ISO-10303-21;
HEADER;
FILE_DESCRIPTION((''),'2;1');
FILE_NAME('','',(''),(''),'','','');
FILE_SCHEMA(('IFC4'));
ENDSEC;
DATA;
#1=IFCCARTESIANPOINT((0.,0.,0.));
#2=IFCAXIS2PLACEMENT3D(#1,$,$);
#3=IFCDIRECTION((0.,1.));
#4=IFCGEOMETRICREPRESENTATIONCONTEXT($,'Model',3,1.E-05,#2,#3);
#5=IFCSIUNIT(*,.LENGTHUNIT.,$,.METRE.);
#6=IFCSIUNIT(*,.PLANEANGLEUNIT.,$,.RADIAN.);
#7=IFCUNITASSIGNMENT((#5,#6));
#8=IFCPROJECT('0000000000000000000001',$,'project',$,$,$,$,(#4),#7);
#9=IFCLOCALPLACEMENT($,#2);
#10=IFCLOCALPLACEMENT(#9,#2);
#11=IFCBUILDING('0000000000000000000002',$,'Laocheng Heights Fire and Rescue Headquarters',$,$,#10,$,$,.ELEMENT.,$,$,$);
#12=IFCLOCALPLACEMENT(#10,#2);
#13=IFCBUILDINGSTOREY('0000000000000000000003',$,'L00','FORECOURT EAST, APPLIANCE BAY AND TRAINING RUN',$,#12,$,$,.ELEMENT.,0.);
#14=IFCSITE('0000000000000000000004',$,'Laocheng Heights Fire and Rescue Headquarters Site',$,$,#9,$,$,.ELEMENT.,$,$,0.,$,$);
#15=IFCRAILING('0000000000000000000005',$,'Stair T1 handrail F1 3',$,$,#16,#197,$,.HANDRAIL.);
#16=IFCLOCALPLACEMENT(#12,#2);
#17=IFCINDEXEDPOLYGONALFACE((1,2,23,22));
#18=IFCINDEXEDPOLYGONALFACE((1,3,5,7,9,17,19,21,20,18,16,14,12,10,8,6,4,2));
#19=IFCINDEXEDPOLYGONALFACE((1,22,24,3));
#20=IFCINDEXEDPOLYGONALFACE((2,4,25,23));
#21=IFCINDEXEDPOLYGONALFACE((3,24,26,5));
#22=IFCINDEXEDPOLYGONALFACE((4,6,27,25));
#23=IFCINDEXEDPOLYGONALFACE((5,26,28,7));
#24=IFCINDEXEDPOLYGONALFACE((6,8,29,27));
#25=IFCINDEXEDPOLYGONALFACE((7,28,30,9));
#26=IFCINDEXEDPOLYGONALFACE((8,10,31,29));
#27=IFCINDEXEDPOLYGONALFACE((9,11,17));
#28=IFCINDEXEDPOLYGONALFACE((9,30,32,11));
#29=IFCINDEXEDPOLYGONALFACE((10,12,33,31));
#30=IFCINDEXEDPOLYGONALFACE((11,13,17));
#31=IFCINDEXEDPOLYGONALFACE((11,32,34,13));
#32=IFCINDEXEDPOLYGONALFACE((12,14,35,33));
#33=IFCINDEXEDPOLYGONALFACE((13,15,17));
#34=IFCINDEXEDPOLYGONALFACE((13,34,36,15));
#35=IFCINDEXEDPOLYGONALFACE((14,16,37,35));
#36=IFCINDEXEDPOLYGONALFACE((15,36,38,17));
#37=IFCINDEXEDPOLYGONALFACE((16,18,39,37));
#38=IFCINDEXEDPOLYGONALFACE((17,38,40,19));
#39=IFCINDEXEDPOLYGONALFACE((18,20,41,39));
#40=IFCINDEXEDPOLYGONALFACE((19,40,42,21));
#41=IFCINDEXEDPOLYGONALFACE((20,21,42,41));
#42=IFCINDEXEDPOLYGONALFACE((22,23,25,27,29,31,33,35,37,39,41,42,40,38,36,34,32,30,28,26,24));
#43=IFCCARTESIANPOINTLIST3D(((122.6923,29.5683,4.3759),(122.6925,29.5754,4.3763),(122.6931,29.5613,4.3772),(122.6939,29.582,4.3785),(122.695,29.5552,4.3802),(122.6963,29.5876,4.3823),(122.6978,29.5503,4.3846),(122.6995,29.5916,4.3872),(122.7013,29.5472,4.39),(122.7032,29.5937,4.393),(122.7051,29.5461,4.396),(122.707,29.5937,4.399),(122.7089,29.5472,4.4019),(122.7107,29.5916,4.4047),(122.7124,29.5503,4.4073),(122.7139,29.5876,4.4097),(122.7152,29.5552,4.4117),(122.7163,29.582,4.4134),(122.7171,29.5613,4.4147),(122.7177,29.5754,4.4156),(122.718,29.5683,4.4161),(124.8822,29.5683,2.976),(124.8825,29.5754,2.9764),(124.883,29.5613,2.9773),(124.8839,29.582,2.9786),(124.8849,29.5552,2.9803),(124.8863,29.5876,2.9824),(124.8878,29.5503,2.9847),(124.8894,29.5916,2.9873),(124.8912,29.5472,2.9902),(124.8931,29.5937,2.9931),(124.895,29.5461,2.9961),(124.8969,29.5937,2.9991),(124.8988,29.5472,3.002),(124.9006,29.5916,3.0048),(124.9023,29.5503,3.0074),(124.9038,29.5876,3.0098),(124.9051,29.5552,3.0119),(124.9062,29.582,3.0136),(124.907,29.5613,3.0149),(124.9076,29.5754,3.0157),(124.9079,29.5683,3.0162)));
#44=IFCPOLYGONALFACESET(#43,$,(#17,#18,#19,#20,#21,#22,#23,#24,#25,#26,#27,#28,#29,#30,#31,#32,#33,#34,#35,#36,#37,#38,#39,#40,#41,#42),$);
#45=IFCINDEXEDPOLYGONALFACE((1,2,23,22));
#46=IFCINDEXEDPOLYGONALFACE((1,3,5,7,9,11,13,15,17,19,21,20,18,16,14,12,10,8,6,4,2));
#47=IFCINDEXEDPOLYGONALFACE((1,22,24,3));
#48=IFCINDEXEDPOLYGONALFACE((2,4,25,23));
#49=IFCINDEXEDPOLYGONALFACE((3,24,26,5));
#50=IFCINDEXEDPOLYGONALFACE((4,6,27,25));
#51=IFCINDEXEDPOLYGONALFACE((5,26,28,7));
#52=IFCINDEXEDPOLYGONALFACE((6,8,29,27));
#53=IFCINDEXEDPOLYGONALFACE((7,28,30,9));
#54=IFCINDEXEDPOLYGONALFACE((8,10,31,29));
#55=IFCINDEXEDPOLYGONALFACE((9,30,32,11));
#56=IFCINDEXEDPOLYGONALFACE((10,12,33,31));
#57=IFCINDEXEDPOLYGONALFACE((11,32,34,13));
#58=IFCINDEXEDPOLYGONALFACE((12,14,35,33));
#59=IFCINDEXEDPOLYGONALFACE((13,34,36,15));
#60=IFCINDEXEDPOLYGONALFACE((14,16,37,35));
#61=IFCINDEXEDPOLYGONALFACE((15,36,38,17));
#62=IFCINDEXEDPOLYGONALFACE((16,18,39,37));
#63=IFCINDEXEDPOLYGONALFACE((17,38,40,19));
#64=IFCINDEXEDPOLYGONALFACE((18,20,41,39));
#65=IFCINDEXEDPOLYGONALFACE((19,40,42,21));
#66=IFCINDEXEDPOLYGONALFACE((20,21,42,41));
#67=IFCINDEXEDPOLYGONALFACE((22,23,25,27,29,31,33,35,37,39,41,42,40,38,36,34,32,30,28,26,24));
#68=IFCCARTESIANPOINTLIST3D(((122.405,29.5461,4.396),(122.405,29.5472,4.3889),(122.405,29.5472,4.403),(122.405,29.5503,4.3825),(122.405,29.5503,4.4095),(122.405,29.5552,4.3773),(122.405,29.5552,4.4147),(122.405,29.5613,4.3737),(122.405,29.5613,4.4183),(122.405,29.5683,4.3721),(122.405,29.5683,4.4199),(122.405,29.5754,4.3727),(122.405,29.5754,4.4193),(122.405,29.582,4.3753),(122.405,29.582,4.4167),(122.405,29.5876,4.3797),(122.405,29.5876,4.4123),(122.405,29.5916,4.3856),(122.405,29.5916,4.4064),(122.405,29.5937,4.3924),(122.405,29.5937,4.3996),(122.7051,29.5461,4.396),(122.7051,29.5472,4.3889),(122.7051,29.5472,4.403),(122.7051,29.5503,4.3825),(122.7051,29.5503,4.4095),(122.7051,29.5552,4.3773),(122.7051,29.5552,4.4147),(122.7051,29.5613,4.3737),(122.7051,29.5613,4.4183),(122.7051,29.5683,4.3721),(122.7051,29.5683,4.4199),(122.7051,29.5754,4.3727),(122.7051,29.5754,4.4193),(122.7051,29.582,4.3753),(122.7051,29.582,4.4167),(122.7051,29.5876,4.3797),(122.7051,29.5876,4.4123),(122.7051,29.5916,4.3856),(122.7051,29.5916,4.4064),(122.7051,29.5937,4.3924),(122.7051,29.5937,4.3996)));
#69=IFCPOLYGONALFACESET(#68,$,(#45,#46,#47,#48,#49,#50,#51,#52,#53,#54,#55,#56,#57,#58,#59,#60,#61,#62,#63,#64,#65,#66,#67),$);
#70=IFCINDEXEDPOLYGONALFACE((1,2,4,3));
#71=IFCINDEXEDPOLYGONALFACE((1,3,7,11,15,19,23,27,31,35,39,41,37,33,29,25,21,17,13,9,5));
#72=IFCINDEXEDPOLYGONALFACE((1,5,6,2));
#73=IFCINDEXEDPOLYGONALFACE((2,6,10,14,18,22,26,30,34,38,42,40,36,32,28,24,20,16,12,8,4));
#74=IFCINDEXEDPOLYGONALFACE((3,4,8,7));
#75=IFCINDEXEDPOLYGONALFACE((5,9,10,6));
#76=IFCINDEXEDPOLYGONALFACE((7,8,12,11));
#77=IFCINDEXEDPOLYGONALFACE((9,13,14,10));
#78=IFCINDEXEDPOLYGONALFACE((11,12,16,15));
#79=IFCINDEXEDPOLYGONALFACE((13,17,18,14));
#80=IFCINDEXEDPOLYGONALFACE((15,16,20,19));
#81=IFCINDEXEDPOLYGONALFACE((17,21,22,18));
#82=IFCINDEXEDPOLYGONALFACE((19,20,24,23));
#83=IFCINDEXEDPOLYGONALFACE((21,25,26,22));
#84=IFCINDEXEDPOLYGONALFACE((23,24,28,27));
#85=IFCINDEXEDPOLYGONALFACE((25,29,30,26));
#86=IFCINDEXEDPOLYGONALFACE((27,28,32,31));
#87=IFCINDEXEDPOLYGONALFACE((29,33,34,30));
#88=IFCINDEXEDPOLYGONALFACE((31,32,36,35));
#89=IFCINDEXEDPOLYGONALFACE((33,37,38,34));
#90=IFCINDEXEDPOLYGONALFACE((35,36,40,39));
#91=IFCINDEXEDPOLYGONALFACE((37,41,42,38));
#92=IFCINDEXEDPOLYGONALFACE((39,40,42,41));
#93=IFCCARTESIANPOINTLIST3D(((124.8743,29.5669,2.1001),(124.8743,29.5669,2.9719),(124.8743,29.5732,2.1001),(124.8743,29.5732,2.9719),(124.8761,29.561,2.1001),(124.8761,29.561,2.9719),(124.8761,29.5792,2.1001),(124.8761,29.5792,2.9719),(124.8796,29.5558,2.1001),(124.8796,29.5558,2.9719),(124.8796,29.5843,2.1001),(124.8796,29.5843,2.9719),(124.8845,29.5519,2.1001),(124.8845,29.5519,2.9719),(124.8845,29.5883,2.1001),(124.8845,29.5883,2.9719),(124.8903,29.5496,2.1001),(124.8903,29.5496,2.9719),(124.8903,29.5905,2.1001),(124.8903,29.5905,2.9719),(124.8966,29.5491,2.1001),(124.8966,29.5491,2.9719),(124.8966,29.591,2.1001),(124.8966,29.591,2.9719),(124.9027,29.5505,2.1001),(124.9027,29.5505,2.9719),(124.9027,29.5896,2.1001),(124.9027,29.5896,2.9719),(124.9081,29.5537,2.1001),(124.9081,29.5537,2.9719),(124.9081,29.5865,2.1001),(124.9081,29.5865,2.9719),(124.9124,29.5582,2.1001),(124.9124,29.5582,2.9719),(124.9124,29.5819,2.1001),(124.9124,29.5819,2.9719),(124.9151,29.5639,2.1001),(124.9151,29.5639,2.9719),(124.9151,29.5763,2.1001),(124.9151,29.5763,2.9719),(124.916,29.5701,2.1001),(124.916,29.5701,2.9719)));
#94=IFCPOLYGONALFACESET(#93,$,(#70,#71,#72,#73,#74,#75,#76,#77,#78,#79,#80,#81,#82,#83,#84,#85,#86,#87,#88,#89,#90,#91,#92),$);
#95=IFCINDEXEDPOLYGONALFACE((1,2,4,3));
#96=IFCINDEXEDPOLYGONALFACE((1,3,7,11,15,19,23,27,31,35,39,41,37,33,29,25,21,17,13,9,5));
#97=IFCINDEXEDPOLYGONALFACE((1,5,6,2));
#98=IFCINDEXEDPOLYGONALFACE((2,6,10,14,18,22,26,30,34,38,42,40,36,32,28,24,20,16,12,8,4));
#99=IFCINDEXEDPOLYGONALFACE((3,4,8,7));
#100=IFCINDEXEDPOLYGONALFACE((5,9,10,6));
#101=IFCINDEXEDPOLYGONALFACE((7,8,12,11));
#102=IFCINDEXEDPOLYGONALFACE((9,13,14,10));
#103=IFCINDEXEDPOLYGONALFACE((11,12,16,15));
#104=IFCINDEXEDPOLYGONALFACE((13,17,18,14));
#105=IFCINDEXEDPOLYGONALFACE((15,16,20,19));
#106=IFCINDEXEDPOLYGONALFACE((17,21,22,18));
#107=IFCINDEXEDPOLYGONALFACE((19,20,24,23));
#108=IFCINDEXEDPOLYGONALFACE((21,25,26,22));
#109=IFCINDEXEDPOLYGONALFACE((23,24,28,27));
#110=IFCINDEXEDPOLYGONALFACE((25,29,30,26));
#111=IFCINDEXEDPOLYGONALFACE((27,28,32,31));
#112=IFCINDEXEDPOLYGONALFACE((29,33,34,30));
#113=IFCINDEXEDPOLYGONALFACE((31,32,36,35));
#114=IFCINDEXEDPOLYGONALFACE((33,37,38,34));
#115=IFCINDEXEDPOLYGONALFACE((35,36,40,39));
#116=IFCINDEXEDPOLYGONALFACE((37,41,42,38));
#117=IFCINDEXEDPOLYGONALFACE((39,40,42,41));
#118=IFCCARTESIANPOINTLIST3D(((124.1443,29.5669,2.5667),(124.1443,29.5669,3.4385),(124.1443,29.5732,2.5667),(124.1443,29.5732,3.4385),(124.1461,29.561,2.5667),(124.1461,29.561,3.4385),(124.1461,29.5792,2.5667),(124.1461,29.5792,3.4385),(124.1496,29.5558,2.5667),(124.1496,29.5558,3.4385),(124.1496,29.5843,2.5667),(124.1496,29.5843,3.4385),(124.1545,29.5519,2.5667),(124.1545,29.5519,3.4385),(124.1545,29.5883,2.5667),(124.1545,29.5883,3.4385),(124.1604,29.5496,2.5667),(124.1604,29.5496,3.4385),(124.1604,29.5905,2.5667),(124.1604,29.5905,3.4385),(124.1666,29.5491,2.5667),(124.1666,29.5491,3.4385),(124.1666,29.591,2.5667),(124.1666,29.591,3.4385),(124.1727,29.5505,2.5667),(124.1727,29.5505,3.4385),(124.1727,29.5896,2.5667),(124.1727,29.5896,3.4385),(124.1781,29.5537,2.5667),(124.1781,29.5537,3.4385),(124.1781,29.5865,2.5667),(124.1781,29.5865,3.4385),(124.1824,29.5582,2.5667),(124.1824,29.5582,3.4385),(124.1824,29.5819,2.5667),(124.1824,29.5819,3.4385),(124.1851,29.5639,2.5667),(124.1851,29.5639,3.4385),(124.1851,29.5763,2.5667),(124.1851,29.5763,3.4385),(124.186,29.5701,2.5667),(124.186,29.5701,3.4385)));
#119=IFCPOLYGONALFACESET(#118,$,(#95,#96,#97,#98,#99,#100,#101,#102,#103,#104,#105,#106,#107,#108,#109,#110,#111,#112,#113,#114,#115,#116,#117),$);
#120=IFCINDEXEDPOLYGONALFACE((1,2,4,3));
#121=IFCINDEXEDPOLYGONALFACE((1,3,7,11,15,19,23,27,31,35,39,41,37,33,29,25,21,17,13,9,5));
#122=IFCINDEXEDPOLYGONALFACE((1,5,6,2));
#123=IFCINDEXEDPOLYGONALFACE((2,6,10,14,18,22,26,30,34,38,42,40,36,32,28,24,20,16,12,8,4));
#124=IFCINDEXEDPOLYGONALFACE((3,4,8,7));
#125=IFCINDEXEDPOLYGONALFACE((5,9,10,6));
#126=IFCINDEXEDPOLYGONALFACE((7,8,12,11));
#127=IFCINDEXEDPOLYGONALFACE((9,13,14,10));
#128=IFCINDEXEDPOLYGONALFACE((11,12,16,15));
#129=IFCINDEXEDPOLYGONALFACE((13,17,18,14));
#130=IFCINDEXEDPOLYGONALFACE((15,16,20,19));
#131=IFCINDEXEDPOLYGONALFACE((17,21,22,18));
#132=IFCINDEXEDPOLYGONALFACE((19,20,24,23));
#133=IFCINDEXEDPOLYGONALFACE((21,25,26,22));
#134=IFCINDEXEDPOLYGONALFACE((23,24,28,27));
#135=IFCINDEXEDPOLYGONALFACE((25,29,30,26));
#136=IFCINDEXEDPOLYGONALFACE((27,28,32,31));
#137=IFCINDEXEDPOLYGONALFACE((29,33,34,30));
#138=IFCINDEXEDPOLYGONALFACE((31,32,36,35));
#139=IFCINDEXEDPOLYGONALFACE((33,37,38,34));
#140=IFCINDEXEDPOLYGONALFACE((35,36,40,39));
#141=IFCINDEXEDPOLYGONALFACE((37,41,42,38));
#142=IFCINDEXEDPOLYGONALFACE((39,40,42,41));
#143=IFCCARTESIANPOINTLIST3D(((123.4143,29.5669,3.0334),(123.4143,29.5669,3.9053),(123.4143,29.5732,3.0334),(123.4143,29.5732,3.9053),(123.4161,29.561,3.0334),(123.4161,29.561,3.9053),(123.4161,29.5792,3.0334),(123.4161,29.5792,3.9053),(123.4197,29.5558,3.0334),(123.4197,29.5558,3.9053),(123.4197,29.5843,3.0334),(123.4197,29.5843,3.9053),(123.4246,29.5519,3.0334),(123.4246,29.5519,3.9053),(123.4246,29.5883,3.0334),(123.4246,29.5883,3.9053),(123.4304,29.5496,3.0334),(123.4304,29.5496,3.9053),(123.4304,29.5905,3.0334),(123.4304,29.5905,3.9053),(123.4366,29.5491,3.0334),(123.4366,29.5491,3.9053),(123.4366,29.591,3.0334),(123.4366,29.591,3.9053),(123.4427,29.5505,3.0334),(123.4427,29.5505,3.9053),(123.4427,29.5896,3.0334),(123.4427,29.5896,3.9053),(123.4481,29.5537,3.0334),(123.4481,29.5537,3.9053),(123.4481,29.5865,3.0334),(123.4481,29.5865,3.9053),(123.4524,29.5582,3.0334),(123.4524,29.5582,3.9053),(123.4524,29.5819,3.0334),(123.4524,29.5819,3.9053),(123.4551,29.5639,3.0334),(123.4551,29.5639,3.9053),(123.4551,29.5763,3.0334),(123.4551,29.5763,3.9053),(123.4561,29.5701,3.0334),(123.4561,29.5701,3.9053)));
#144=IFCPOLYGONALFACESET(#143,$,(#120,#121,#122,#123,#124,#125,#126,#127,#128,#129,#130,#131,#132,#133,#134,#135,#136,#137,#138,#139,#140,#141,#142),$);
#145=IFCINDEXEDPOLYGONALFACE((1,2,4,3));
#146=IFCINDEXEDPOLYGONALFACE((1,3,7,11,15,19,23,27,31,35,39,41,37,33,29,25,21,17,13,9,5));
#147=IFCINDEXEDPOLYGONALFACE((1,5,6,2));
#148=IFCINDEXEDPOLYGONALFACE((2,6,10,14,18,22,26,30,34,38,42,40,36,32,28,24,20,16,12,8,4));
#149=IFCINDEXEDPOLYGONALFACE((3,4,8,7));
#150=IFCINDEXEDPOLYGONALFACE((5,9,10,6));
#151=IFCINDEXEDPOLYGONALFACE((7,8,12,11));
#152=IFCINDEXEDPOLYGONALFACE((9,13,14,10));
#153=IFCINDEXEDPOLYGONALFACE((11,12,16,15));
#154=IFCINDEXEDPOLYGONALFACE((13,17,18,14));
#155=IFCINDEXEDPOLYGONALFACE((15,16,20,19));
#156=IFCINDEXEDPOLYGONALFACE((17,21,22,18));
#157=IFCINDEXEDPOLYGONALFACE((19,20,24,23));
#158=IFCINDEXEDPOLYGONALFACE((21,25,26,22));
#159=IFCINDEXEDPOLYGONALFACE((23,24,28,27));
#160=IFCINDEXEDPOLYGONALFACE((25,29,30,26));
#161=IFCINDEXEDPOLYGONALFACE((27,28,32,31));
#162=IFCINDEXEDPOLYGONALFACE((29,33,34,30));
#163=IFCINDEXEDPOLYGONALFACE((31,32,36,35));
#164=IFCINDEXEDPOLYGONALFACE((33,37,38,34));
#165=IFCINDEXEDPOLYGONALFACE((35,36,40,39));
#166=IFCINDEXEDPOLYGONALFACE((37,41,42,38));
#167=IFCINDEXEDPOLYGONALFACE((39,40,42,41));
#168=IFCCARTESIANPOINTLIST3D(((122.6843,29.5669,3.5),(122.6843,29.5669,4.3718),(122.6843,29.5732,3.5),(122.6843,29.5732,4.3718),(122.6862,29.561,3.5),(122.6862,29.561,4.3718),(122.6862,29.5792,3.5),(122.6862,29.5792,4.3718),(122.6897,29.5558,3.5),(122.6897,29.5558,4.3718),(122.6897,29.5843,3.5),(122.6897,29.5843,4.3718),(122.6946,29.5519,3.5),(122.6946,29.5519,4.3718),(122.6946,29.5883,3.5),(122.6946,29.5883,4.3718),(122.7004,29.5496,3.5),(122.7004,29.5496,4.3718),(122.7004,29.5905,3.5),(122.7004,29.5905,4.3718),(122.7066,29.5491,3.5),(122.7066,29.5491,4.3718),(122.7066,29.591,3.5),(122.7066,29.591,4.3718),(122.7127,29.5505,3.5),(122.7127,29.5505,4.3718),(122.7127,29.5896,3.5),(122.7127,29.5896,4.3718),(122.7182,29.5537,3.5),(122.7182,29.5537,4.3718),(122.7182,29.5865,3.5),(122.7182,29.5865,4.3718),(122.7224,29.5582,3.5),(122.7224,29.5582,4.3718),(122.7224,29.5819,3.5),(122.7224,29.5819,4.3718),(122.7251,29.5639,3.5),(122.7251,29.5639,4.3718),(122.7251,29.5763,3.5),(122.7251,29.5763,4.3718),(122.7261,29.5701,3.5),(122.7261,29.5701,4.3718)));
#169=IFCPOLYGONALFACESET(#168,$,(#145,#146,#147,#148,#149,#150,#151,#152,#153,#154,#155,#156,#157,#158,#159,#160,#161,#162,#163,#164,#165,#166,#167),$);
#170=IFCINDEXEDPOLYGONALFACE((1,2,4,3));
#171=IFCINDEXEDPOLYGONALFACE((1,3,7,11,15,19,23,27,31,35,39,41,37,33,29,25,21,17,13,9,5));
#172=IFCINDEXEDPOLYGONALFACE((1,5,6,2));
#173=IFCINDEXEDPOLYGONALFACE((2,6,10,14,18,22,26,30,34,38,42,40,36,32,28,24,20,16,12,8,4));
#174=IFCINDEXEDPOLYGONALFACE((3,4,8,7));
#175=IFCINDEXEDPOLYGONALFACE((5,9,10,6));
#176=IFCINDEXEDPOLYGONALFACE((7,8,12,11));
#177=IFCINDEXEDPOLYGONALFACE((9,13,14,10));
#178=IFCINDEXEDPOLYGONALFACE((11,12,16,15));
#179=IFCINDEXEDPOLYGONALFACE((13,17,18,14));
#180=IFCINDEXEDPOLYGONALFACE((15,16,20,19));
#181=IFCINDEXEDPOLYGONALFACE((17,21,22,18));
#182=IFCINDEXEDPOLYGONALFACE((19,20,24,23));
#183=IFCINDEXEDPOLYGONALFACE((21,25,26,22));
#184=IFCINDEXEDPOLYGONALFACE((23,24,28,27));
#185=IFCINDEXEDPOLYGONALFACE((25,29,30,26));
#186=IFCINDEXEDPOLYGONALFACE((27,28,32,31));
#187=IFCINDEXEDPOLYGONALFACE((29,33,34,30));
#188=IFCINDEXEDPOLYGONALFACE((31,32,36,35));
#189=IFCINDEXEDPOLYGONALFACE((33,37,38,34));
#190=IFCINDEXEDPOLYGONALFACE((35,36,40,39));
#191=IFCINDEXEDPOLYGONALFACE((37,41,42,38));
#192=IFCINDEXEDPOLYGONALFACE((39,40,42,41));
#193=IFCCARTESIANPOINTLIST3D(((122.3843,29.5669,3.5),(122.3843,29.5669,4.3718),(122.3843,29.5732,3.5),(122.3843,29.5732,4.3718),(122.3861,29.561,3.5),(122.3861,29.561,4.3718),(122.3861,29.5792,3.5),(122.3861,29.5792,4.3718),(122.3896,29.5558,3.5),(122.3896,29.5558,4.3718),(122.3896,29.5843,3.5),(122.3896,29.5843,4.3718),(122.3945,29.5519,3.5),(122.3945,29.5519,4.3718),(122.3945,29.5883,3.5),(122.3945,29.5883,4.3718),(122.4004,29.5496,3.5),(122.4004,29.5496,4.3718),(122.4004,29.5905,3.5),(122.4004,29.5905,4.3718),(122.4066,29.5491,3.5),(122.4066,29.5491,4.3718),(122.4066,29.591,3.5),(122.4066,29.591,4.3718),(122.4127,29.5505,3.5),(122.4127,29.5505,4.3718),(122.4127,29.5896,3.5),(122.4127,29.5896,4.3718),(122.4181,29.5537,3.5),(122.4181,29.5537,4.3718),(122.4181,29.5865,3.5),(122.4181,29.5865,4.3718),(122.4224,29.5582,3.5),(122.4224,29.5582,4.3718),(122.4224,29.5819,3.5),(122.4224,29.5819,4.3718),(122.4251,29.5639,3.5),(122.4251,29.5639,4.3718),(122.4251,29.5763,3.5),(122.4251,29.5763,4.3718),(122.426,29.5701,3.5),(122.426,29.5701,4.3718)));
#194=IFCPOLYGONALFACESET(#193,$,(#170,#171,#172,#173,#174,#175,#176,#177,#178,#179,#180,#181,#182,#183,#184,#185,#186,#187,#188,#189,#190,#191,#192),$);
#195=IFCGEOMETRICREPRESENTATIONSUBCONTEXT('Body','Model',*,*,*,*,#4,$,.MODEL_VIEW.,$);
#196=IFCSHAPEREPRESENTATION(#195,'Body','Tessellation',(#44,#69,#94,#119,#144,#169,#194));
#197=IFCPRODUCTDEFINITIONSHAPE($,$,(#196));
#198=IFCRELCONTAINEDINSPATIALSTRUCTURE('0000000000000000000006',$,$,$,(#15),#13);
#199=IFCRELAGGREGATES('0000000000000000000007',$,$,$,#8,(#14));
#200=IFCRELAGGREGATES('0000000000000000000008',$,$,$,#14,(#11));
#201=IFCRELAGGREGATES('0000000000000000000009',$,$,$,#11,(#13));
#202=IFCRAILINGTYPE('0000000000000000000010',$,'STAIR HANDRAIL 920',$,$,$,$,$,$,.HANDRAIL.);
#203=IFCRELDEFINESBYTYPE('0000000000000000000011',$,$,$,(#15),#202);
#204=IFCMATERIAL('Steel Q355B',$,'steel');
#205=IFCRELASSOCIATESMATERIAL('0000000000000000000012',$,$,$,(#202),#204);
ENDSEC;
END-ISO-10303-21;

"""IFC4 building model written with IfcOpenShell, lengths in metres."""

from ifc_helpers import new_model, si_unit, direction, frame, origin, origin_2d, place, context, subcontext, project, spatial, circle, extrude, material, type_object, element, save


model = new_model("IFC4")

# Units and contexts
model_context = context("Model", 3, precision=1e-05, world=origin(), true_north=direction((0.0, 1.0)))
body_context = subcontext(model_context, "Body", "Model", "MODEL_VIEW")
ifc_project = project(units=[si_unit("LENGTHUNIT", "METRE"), si_unit("PLANEANGLEUNIT", "RADIAN")], contexts=[model_context])

# Site, building, storey
site_placement = place(None, origin())
site = spatial("IfcSite", under=ifc_project, at=site_placement, Name="Laocheng Heights Fire and Rescue Headquarters Site", CompositionType="ELEMENT", RefElevation=0.0)
building_placement = place(site_placement, origin())
building = spatial("IfcBuilding", under=site, at=building_placement, Name="Laocheng Heights Fire and Rescue Headquarters", CompositionType="ELEMENT")
storey_placement = place(building_placement, origin())
storey = spatial("IfcBuildingStorey", under=building, at=storey_placement, Name="L00", Description="FORECOURT EAST, APPLIANCE BAY AND TRAINING RUN", CompositionType="ELEMENT", Elevation=0.0)

# Railing
ifc_material_1 = material(Name="Steel Q355B", Category="steel")
railing_type_1 = type_object("IfcRailingType", Name="STAIR HANDRAIL 920", PredefinedType="HANDRAIL", material=ifc_material_1)
railing_1_placement = place(storey_placement, frame((124.895, 29.5701, 2.1001)))
element("IfcRailing", 1, at=railing_1_placement, inside=storey, type_object=railing_type_1, Name="Stair T1 handrail F1 3", PredefinedType="HANDRAIL", context=body_context, shape_type="SweptSolid", body=[
    extrude(circle(Radius=0.0239, at=origin_2d()), frame((0.0, 0.0, 0.896), z_axis=(-0.842561, 0.0, 0.5386), x_axis=(0.0, -1.0, 0.0)), (0.0, 0.0, 1.0), 2.5991),
    extrude(circle(Radius=0.0239, at=origin_2d()), frame((-2.1899, 0.0, 2.2959), z_axis=(-1.0, 0.0, 0.0), x_axis=(0.0, -1.0, 0.0)), (0.0, 0.0, 1.0), 0.3),
    extrude(circle(Radius=0.021, at=origin_2d()), origin(), (0.0, 0.0, 1.0), 0.8718),
    extrude(circle(Radius=0.021, at=origin_2d()), frame((-0.73, 0.0, 0.4666)), (0.0, 0.0, 1.0), 0.8718),
    extrude(circle(Radius=0.021, at=origin_2d()), frame((-1.46, 0.0, 0.9333)), (0.0, 0.0, 1.0), 0.8718),
    extrude(circle(Radius=0.021, at=origin_2d()), frame((-2.1899, 0.0, 1.3999)), (0.0, 0.0, 1.0), 0.8718),
    extrude(circle(Radius=0.021, at=origin_2d()), frame((-2.49, 0.0, 1.3999)), (0.0, 0.0, 1.0), 0.8718),
])

save(model, "model.ifc")
